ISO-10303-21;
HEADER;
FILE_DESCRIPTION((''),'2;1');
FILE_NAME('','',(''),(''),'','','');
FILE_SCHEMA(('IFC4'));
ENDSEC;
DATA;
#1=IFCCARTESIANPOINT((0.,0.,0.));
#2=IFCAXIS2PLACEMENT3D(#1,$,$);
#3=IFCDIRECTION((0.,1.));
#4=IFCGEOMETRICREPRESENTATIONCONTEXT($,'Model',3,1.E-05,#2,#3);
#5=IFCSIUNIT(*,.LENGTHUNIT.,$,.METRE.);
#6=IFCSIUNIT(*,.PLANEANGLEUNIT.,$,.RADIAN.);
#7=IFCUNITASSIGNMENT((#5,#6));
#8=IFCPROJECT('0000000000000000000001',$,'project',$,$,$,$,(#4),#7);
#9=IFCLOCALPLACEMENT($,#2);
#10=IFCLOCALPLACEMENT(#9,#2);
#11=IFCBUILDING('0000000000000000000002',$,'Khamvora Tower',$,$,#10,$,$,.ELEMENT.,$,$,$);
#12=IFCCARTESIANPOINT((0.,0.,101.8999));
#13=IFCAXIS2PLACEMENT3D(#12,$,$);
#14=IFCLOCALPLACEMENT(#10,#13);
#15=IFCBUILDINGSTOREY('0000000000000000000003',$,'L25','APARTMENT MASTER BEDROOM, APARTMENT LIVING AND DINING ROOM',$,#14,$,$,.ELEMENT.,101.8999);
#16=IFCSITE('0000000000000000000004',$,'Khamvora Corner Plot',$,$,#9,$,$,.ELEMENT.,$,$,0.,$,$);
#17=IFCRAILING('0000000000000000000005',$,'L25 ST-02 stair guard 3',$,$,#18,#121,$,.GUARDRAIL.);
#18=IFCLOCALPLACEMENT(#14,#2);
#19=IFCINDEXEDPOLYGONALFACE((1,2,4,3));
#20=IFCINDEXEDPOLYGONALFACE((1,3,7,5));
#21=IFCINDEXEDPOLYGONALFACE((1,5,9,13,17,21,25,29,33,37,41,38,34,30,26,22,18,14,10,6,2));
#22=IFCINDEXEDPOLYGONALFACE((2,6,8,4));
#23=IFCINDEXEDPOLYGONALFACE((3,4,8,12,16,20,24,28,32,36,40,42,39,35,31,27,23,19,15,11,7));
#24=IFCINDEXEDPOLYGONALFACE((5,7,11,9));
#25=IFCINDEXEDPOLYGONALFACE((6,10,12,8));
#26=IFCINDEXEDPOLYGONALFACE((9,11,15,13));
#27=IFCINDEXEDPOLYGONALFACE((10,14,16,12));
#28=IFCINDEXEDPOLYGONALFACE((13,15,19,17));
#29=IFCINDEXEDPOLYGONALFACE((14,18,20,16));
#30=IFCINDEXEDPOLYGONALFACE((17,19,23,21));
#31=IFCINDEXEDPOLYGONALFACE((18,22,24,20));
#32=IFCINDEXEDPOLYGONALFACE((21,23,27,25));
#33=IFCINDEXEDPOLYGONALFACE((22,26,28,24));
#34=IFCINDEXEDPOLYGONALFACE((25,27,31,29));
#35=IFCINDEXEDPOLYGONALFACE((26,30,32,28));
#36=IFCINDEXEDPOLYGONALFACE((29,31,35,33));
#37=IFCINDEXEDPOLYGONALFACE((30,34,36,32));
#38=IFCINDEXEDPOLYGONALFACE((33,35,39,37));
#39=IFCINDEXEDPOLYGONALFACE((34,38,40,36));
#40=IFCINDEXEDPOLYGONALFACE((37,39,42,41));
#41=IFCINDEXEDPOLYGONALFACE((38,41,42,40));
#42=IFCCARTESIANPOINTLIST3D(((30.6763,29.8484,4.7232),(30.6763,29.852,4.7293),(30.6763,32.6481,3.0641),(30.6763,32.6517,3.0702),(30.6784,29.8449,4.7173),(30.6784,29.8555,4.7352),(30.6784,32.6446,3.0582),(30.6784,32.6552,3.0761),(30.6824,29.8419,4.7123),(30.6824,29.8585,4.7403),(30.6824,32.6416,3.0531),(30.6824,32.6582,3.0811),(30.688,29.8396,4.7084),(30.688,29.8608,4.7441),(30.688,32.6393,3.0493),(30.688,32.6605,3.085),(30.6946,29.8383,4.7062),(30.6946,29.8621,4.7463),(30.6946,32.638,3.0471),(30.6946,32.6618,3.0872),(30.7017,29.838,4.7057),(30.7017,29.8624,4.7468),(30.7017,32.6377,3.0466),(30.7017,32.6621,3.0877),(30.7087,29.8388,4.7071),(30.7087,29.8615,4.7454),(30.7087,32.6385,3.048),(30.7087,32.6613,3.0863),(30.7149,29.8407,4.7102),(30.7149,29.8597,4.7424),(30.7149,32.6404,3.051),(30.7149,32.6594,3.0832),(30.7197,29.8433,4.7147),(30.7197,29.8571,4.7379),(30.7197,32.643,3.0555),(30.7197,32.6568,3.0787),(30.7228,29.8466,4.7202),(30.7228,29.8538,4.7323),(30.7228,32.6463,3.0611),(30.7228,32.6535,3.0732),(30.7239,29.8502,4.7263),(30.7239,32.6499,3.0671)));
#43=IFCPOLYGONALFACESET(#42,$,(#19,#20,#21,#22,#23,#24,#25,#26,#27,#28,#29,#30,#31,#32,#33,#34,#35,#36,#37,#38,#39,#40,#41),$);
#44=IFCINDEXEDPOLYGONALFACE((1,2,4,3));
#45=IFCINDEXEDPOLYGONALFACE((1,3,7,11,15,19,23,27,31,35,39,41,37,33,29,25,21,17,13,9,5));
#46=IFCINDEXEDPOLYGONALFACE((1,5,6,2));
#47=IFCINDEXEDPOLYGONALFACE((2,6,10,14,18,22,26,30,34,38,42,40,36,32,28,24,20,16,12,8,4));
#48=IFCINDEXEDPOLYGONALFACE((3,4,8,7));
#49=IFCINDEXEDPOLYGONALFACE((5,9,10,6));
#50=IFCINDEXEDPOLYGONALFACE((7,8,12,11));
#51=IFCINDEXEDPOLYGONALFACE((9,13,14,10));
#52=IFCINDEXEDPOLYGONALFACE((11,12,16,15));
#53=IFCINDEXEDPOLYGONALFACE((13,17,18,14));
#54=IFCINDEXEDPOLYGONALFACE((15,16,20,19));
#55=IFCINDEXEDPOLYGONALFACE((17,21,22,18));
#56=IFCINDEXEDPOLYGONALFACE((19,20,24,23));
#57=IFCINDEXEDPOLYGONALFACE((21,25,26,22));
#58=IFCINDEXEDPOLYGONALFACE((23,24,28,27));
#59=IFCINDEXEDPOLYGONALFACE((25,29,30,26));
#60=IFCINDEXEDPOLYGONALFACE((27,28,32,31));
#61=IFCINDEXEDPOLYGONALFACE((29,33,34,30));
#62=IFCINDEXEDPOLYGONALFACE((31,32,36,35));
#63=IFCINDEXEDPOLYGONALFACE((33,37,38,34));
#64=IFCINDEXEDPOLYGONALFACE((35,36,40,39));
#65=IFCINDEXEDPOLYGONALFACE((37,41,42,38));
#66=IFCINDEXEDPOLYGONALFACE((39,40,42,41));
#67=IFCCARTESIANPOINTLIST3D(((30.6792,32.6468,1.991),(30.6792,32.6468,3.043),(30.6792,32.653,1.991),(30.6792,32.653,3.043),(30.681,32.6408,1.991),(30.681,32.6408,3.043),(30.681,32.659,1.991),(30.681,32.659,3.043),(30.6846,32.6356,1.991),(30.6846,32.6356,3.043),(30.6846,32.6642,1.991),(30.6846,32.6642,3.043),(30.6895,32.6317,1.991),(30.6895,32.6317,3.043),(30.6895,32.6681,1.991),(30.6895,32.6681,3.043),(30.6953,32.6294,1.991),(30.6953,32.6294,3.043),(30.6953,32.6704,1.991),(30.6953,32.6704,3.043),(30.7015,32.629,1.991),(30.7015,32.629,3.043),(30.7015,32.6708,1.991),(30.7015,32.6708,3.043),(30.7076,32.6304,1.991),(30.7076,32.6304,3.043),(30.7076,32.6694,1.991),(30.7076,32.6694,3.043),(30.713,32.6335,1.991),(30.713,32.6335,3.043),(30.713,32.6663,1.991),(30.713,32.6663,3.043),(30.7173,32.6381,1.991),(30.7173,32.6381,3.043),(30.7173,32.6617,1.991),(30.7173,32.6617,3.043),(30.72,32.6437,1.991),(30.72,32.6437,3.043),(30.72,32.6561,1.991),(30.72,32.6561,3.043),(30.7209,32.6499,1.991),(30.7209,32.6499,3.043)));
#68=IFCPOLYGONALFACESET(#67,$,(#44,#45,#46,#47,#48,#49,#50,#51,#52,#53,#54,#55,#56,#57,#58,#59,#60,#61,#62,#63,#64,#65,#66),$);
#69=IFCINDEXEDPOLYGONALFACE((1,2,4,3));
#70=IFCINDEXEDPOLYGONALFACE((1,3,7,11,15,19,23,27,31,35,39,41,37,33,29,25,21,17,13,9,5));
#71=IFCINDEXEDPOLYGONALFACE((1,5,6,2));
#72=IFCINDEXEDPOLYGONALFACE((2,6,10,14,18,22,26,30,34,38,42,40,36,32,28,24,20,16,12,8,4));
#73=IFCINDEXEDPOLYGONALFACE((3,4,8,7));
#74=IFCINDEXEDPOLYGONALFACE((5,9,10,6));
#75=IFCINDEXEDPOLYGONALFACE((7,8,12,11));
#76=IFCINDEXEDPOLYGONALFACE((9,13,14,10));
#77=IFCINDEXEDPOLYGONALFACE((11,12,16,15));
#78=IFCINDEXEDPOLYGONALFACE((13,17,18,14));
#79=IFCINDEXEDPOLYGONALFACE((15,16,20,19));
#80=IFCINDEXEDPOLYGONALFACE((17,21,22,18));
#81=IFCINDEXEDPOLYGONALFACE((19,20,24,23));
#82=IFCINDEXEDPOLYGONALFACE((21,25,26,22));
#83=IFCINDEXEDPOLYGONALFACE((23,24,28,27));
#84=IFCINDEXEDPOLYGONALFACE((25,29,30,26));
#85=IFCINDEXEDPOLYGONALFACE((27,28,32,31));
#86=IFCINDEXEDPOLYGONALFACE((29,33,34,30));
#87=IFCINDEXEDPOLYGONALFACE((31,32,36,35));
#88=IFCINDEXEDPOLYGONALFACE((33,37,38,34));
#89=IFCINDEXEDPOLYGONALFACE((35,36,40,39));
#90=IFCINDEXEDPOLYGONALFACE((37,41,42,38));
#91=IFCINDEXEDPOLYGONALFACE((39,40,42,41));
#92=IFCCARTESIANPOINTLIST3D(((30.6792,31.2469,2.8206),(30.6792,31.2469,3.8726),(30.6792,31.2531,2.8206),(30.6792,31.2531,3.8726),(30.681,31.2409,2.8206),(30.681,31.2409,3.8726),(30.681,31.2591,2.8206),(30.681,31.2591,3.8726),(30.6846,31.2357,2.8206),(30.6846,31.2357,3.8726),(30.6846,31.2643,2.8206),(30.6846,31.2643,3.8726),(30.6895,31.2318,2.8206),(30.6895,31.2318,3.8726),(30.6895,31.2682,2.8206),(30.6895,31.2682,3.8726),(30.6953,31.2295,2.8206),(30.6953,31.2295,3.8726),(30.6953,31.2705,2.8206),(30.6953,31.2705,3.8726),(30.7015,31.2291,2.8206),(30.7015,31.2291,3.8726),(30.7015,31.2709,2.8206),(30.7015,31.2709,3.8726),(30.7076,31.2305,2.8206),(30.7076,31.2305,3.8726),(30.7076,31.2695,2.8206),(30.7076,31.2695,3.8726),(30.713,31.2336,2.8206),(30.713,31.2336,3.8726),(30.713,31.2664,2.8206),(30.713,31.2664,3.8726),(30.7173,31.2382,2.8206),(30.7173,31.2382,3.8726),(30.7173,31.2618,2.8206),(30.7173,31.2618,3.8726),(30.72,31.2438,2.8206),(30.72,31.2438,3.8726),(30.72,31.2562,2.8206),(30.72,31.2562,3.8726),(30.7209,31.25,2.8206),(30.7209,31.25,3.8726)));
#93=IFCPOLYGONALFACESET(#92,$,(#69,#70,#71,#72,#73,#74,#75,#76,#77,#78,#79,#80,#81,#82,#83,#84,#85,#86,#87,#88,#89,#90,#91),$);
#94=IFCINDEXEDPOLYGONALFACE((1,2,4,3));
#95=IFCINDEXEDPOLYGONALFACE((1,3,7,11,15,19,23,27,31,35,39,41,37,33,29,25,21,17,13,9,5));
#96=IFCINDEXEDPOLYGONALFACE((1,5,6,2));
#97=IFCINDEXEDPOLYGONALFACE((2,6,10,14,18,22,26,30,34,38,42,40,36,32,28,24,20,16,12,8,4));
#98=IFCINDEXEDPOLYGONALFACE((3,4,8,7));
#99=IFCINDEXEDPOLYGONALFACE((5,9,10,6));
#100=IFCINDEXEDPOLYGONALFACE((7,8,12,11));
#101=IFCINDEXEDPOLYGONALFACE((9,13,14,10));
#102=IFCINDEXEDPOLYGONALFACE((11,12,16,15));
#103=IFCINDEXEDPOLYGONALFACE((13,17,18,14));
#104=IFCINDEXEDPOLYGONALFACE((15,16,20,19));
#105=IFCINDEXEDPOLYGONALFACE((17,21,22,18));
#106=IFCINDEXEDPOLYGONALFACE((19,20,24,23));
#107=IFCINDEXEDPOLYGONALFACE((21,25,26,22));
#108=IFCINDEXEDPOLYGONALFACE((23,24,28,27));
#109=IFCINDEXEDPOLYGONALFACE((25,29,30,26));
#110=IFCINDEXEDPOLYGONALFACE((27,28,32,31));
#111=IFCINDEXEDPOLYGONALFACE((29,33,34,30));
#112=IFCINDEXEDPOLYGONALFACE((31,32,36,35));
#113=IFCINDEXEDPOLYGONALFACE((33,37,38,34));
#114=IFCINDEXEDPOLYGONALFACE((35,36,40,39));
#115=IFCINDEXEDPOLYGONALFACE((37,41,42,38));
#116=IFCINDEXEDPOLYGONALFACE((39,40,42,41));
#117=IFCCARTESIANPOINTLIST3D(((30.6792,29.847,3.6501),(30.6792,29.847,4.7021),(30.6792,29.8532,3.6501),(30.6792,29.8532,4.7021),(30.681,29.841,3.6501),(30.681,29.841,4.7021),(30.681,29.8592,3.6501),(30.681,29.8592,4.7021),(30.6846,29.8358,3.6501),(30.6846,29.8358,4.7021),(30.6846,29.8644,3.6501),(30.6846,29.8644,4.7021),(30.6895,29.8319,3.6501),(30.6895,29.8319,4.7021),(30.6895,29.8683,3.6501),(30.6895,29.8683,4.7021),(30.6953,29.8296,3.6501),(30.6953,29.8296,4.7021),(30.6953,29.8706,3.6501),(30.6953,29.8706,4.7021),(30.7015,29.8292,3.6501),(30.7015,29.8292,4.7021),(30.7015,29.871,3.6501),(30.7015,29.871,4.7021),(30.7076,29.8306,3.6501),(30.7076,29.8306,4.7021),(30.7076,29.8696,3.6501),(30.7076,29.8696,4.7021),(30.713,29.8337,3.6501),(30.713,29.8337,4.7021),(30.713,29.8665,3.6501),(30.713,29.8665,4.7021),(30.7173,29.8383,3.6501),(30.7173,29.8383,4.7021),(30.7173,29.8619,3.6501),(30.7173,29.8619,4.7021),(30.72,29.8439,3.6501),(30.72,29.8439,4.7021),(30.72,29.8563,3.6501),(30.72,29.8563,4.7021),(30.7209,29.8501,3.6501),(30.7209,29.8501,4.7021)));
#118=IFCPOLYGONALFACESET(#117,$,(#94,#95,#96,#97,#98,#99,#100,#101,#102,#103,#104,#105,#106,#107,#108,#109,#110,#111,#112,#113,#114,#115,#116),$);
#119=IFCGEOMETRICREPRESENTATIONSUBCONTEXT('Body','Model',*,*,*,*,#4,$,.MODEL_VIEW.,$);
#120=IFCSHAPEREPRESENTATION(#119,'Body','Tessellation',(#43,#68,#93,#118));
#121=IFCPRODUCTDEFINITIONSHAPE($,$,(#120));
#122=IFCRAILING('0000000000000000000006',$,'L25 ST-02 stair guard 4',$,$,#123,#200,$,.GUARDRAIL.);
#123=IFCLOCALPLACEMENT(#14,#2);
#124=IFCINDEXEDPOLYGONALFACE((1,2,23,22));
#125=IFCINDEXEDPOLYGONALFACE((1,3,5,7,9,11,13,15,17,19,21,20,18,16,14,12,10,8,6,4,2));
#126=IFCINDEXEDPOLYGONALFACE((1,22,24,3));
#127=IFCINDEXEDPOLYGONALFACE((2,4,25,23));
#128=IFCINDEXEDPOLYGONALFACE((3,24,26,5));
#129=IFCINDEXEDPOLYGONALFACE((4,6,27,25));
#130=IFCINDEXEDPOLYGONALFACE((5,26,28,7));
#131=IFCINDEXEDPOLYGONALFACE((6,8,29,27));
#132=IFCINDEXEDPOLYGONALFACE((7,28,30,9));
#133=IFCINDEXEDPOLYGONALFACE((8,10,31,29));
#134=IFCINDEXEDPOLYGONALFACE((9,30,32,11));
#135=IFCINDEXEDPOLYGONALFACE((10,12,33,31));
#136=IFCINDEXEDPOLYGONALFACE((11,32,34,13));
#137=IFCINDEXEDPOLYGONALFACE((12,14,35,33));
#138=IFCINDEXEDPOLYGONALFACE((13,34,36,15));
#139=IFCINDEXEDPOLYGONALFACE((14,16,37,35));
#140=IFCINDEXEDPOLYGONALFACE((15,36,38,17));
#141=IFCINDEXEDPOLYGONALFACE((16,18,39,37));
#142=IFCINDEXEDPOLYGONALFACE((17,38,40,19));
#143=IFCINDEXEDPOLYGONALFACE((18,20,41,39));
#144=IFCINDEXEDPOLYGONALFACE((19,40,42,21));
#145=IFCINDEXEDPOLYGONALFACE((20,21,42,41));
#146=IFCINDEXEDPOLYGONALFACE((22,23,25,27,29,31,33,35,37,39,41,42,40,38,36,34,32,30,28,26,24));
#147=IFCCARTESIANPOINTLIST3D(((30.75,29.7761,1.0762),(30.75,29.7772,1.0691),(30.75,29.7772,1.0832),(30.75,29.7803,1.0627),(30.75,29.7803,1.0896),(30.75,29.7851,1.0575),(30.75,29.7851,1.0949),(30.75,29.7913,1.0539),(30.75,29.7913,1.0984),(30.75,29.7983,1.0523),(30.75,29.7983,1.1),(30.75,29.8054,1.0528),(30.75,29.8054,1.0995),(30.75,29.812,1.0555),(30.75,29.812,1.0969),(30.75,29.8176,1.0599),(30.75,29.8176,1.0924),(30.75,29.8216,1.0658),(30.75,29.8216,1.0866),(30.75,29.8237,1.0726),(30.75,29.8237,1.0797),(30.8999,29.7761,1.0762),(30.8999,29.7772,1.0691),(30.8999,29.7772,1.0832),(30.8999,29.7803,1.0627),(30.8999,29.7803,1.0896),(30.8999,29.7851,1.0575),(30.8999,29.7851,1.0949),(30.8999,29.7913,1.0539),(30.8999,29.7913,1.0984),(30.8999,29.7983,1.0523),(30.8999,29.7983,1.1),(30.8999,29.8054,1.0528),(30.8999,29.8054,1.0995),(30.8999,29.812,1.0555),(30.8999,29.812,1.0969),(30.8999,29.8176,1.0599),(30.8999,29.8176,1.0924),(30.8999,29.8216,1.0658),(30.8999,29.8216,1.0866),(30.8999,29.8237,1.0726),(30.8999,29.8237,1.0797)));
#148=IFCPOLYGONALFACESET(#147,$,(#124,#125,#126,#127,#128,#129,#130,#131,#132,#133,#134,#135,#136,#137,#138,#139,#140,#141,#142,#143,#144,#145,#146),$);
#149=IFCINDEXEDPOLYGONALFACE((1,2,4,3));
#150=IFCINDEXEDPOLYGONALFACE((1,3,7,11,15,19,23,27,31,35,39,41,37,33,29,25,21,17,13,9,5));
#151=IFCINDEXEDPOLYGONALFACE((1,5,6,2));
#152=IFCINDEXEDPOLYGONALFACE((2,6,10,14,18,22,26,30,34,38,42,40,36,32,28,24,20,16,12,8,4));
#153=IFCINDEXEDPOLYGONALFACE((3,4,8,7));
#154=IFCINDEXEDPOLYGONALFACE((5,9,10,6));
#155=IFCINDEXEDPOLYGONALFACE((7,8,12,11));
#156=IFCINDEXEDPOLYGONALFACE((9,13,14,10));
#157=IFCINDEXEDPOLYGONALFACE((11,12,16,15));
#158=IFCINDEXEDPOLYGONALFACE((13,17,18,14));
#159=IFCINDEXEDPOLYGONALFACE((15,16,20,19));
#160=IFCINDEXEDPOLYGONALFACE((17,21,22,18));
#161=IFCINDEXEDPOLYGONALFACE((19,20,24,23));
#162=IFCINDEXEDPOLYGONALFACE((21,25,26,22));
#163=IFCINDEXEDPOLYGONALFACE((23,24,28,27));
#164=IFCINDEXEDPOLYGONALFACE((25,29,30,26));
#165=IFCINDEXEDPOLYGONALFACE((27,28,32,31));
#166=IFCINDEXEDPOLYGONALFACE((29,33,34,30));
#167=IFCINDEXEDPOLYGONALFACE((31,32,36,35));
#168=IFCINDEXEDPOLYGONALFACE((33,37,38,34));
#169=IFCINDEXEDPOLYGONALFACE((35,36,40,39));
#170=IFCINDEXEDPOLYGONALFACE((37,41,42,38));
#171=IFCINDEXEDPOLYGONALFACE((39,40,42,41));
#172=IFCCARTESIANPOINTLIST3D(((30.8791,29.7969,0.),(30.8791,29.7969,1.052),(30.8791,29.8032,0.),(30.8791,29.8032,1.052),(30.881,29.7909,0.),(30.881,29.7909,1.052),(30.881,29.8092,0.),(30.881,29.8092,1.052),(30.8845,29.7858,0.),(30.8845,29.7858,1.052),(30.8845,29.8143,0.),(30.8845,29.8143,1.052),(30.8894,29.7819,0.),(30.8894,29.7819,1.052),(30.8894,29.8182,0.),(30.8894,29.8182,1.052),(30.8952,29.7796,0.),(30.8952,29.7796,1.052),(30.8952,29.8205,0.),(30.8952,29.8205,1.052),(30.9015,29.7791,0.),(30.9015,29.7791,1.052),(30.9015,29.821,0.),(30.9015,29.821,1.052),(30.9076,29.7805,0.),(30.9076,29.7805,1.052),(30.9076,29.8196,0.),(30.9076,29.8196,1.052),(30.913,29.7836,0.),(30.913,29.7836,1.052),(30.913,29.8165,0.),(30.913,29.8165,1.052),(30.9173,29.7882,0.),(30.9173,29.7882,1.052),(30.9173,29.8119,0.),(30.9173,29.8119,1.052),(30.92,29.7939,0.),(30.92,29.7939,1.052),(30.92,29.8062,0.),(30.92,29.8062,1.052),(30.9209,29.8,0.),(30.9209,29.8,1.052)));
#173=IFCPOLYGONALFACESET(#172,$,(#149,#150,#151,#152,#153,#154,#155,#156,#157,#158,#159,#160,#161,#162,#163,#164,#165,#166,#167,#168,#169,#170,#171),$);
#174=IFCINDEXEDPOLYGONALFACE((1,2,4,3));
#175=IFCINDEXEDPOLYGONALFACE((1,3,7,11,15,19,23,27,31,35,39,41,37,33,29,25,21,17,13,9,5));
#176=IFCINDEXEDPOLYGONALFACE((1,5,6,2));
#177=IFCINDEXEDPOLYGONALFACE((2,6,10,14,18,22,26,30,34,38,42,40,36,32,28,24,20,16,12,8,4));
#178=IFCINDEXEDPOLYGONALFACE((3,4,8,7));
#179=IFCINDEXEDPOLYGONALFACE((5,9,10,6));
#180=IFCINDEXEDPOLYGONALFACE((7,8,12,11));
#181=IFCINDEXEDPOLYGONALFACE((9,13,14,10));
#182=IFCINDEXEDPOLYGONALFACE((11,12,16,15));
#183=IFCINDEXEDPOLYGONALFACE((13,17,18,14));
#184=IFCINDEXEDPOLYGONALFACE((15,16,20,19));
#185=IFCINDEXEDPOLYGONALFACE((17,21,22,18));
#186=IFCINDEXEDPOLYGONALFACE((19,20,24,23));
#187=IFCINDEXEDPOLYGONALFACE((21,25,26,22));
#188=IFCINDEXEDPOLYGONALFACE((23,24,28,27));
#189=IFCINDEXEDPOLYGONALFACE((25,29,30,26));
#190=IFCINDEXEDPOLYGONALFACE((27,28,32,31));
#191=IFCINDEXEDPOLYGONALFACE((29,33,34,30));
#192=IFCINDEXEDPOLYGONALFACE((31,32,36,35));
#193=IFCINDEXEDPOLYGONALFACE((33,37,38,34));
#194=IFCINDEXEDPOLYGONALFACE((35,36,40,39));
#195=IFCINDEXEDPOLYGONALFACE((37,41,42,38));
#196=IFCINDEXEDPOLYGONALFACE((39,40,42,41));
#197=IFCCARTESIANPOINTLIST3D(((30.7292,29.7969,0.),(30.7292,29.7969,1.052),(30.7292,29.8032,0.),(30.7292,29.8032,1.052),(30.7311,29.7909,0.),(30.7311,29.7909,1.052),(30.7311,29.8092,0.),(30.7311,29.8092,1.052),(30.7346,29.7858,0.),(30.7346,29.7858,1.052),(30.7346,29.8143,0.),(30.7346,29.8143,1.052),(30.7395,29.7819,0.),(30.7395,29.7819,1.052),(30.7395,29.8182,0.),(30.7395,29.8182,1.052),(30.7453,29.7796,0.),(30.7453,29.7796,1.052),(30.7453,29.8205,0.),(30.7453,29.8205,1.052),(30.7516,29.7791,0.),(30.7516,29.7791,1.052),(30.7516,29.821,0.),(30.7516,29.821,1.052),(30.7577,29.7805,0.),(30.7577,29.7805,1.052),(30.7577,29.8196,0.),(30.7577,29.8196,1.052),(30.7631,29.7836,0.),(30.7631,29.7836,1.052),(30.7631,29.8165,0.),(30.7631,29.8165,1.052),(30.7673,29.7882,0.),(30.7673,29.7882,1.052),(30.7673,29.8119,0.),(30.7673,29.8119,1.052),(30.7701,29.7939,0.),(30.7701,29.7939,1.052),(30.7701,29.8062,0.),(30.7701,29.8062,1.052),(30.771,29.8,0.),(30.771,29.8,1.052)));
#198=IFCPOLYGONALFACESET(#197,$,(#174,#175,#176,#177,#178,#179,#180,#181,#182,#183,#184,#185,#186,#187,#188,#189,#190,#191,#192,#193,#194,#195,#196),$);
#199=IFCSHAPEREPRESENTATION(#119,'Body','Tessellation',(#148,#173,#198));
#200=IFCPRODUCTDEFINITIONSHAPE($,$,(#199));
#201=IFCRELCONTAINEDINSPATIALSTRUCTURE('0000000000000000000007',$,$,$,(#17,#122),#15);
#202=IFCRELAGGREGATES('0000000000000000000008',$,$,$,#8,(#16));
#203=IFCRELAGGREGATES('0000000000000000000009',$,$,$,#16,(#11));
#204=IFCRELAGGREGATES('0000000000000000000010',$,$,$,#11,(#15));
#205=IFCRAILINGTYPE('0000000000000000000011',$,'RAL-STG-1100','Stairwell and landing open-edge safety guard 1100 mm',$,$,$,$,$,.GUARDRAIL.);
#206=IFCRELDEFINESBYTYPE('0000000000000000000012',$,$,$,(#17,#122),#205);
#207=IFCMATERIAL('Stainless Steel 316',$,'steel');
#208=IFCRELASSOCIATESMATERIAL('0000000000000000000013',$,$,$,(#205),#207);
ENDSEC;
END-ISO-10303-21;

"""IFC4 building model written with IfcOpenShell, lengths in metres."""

from ifc_helpers import new_model, si_unit, direction, frame, origin, origin_2d, place, context, subcontext, project, spatial, circle, extrude, material, type_object, element, save


model = new_model("IFC4")

# Units and contexts
model_context = context("Model", 3, precision=1e-05, world=origin(), true_north=direction((0.0, 1.0)))
body_context = subcontext(model_context, "Body", "Model", "MODEL_VIEW")
ifc_project = project(units=[si_unit("LENGTHUNIT", "METRE"), si_unit("PLANEANGLEUNIT", "RADIAN")], contexts=[model_context])

# Site, building, storey
site_placement = place(None, origin())
site = spatial("IfcSite", under=ifc_project, at=site_placement, Name="Khamvora Corner Plot", CompositionType="ELEMENT", RefElevation=0.0)
building_placement = place(site_placement, origin())
building = spatial("IfcBuilding", under=site, at=building_placement, Name="Khamvora Tower", CompositionType="ELEMENT")
storey_placement = place(building_placement, frame((0.0, 0.0, 101.8999)))
storey = spatial("IfcBuildingStorey", under=building, at=storey_placement, Name="L25", Description="APARTMENT MASTER BEDROOM, APARTMENT LIVING AND DINING ROOM", CompositionType="ELEMENT", Elevation=101.8999)

# Railings
ifc_material_1 = material(Name="Stainless Steel 316", Category="steel")
railing_type_1 = type_object("IfcRailingType", Name="RAL-STG-1100", Description="Stairwell and landing open-edge safety guard 1100 mm", PredefinedType="GUARDRAIL", material=ifc_material_1)
railing_1_placement = place(storey_placement, frame((30.7, 32.6499, 1.991)))
element("IfcRailing", 1, at=railing_1_placement, inside=storey, type_object=railing_type_1, Name="L25 ST-02 stair guard 3", PredefinedType="GUARDRAIL", context=body_context, shape_type="SweptSolid", body=[
    extrude(circle(Radius=0.0239, at=origin_2d()), frame((0.0, 0.0, 1.0762), z_axis=(0.0, -0.860287, 0.509811), x_axis=(1.0, 0.0, 0.0)), (0.0, 0.0, 1.0), 3.2544),
    extrude(circle(Radius=0.021, at=origin_2d()), origin(), (0.0, 0.0, 1.0), 1.052),
    extrude(circle(Radius=0.021, at=origin_2d()), frame((0.0, -1.3999, 0.8296)), (0.0, 0.0, 1.0), 1.052),
    extrude(circle(Radius=0.021, at=origin_2d()), frame((0.0, -2.7998, 1.6592)), (0.0, 0.0, 1.0), 1.052),
])
railing_2_placement = place(storey_placement, frame((30.8999, 29.8, 0.0)))
element("IfcRailing", 2, at=railing_2_placement, inside=storey, type_object=railing_type_1, Name="L25 ST-02 stair guard 4", PredefinedType="GUARDRAIL", context=body_context, shape_type="SweptSolid", body=[
    extrude(circle(Radius=0.0239, at=origin_2d()), frame((0.0, 0.0, 1.0762), z_axis=(-1.0, 0.0, 0.0), x_axis=(0.0, -1.0, 0.0)), (0.0, 0.0, 1.0), 0.1499),
    extrude(circle(Radius=0.021, at=origin_2d()), origin(), (0.0, 0.0, 1.0), 1.052),
    extrude(circle(Radius=0.021, at=origin_2d()), frame((-0.1499, 0.0, 0.0)), (0.0, 0.0, 1.0), 1.052),
])

save(model, "model.ifc")
